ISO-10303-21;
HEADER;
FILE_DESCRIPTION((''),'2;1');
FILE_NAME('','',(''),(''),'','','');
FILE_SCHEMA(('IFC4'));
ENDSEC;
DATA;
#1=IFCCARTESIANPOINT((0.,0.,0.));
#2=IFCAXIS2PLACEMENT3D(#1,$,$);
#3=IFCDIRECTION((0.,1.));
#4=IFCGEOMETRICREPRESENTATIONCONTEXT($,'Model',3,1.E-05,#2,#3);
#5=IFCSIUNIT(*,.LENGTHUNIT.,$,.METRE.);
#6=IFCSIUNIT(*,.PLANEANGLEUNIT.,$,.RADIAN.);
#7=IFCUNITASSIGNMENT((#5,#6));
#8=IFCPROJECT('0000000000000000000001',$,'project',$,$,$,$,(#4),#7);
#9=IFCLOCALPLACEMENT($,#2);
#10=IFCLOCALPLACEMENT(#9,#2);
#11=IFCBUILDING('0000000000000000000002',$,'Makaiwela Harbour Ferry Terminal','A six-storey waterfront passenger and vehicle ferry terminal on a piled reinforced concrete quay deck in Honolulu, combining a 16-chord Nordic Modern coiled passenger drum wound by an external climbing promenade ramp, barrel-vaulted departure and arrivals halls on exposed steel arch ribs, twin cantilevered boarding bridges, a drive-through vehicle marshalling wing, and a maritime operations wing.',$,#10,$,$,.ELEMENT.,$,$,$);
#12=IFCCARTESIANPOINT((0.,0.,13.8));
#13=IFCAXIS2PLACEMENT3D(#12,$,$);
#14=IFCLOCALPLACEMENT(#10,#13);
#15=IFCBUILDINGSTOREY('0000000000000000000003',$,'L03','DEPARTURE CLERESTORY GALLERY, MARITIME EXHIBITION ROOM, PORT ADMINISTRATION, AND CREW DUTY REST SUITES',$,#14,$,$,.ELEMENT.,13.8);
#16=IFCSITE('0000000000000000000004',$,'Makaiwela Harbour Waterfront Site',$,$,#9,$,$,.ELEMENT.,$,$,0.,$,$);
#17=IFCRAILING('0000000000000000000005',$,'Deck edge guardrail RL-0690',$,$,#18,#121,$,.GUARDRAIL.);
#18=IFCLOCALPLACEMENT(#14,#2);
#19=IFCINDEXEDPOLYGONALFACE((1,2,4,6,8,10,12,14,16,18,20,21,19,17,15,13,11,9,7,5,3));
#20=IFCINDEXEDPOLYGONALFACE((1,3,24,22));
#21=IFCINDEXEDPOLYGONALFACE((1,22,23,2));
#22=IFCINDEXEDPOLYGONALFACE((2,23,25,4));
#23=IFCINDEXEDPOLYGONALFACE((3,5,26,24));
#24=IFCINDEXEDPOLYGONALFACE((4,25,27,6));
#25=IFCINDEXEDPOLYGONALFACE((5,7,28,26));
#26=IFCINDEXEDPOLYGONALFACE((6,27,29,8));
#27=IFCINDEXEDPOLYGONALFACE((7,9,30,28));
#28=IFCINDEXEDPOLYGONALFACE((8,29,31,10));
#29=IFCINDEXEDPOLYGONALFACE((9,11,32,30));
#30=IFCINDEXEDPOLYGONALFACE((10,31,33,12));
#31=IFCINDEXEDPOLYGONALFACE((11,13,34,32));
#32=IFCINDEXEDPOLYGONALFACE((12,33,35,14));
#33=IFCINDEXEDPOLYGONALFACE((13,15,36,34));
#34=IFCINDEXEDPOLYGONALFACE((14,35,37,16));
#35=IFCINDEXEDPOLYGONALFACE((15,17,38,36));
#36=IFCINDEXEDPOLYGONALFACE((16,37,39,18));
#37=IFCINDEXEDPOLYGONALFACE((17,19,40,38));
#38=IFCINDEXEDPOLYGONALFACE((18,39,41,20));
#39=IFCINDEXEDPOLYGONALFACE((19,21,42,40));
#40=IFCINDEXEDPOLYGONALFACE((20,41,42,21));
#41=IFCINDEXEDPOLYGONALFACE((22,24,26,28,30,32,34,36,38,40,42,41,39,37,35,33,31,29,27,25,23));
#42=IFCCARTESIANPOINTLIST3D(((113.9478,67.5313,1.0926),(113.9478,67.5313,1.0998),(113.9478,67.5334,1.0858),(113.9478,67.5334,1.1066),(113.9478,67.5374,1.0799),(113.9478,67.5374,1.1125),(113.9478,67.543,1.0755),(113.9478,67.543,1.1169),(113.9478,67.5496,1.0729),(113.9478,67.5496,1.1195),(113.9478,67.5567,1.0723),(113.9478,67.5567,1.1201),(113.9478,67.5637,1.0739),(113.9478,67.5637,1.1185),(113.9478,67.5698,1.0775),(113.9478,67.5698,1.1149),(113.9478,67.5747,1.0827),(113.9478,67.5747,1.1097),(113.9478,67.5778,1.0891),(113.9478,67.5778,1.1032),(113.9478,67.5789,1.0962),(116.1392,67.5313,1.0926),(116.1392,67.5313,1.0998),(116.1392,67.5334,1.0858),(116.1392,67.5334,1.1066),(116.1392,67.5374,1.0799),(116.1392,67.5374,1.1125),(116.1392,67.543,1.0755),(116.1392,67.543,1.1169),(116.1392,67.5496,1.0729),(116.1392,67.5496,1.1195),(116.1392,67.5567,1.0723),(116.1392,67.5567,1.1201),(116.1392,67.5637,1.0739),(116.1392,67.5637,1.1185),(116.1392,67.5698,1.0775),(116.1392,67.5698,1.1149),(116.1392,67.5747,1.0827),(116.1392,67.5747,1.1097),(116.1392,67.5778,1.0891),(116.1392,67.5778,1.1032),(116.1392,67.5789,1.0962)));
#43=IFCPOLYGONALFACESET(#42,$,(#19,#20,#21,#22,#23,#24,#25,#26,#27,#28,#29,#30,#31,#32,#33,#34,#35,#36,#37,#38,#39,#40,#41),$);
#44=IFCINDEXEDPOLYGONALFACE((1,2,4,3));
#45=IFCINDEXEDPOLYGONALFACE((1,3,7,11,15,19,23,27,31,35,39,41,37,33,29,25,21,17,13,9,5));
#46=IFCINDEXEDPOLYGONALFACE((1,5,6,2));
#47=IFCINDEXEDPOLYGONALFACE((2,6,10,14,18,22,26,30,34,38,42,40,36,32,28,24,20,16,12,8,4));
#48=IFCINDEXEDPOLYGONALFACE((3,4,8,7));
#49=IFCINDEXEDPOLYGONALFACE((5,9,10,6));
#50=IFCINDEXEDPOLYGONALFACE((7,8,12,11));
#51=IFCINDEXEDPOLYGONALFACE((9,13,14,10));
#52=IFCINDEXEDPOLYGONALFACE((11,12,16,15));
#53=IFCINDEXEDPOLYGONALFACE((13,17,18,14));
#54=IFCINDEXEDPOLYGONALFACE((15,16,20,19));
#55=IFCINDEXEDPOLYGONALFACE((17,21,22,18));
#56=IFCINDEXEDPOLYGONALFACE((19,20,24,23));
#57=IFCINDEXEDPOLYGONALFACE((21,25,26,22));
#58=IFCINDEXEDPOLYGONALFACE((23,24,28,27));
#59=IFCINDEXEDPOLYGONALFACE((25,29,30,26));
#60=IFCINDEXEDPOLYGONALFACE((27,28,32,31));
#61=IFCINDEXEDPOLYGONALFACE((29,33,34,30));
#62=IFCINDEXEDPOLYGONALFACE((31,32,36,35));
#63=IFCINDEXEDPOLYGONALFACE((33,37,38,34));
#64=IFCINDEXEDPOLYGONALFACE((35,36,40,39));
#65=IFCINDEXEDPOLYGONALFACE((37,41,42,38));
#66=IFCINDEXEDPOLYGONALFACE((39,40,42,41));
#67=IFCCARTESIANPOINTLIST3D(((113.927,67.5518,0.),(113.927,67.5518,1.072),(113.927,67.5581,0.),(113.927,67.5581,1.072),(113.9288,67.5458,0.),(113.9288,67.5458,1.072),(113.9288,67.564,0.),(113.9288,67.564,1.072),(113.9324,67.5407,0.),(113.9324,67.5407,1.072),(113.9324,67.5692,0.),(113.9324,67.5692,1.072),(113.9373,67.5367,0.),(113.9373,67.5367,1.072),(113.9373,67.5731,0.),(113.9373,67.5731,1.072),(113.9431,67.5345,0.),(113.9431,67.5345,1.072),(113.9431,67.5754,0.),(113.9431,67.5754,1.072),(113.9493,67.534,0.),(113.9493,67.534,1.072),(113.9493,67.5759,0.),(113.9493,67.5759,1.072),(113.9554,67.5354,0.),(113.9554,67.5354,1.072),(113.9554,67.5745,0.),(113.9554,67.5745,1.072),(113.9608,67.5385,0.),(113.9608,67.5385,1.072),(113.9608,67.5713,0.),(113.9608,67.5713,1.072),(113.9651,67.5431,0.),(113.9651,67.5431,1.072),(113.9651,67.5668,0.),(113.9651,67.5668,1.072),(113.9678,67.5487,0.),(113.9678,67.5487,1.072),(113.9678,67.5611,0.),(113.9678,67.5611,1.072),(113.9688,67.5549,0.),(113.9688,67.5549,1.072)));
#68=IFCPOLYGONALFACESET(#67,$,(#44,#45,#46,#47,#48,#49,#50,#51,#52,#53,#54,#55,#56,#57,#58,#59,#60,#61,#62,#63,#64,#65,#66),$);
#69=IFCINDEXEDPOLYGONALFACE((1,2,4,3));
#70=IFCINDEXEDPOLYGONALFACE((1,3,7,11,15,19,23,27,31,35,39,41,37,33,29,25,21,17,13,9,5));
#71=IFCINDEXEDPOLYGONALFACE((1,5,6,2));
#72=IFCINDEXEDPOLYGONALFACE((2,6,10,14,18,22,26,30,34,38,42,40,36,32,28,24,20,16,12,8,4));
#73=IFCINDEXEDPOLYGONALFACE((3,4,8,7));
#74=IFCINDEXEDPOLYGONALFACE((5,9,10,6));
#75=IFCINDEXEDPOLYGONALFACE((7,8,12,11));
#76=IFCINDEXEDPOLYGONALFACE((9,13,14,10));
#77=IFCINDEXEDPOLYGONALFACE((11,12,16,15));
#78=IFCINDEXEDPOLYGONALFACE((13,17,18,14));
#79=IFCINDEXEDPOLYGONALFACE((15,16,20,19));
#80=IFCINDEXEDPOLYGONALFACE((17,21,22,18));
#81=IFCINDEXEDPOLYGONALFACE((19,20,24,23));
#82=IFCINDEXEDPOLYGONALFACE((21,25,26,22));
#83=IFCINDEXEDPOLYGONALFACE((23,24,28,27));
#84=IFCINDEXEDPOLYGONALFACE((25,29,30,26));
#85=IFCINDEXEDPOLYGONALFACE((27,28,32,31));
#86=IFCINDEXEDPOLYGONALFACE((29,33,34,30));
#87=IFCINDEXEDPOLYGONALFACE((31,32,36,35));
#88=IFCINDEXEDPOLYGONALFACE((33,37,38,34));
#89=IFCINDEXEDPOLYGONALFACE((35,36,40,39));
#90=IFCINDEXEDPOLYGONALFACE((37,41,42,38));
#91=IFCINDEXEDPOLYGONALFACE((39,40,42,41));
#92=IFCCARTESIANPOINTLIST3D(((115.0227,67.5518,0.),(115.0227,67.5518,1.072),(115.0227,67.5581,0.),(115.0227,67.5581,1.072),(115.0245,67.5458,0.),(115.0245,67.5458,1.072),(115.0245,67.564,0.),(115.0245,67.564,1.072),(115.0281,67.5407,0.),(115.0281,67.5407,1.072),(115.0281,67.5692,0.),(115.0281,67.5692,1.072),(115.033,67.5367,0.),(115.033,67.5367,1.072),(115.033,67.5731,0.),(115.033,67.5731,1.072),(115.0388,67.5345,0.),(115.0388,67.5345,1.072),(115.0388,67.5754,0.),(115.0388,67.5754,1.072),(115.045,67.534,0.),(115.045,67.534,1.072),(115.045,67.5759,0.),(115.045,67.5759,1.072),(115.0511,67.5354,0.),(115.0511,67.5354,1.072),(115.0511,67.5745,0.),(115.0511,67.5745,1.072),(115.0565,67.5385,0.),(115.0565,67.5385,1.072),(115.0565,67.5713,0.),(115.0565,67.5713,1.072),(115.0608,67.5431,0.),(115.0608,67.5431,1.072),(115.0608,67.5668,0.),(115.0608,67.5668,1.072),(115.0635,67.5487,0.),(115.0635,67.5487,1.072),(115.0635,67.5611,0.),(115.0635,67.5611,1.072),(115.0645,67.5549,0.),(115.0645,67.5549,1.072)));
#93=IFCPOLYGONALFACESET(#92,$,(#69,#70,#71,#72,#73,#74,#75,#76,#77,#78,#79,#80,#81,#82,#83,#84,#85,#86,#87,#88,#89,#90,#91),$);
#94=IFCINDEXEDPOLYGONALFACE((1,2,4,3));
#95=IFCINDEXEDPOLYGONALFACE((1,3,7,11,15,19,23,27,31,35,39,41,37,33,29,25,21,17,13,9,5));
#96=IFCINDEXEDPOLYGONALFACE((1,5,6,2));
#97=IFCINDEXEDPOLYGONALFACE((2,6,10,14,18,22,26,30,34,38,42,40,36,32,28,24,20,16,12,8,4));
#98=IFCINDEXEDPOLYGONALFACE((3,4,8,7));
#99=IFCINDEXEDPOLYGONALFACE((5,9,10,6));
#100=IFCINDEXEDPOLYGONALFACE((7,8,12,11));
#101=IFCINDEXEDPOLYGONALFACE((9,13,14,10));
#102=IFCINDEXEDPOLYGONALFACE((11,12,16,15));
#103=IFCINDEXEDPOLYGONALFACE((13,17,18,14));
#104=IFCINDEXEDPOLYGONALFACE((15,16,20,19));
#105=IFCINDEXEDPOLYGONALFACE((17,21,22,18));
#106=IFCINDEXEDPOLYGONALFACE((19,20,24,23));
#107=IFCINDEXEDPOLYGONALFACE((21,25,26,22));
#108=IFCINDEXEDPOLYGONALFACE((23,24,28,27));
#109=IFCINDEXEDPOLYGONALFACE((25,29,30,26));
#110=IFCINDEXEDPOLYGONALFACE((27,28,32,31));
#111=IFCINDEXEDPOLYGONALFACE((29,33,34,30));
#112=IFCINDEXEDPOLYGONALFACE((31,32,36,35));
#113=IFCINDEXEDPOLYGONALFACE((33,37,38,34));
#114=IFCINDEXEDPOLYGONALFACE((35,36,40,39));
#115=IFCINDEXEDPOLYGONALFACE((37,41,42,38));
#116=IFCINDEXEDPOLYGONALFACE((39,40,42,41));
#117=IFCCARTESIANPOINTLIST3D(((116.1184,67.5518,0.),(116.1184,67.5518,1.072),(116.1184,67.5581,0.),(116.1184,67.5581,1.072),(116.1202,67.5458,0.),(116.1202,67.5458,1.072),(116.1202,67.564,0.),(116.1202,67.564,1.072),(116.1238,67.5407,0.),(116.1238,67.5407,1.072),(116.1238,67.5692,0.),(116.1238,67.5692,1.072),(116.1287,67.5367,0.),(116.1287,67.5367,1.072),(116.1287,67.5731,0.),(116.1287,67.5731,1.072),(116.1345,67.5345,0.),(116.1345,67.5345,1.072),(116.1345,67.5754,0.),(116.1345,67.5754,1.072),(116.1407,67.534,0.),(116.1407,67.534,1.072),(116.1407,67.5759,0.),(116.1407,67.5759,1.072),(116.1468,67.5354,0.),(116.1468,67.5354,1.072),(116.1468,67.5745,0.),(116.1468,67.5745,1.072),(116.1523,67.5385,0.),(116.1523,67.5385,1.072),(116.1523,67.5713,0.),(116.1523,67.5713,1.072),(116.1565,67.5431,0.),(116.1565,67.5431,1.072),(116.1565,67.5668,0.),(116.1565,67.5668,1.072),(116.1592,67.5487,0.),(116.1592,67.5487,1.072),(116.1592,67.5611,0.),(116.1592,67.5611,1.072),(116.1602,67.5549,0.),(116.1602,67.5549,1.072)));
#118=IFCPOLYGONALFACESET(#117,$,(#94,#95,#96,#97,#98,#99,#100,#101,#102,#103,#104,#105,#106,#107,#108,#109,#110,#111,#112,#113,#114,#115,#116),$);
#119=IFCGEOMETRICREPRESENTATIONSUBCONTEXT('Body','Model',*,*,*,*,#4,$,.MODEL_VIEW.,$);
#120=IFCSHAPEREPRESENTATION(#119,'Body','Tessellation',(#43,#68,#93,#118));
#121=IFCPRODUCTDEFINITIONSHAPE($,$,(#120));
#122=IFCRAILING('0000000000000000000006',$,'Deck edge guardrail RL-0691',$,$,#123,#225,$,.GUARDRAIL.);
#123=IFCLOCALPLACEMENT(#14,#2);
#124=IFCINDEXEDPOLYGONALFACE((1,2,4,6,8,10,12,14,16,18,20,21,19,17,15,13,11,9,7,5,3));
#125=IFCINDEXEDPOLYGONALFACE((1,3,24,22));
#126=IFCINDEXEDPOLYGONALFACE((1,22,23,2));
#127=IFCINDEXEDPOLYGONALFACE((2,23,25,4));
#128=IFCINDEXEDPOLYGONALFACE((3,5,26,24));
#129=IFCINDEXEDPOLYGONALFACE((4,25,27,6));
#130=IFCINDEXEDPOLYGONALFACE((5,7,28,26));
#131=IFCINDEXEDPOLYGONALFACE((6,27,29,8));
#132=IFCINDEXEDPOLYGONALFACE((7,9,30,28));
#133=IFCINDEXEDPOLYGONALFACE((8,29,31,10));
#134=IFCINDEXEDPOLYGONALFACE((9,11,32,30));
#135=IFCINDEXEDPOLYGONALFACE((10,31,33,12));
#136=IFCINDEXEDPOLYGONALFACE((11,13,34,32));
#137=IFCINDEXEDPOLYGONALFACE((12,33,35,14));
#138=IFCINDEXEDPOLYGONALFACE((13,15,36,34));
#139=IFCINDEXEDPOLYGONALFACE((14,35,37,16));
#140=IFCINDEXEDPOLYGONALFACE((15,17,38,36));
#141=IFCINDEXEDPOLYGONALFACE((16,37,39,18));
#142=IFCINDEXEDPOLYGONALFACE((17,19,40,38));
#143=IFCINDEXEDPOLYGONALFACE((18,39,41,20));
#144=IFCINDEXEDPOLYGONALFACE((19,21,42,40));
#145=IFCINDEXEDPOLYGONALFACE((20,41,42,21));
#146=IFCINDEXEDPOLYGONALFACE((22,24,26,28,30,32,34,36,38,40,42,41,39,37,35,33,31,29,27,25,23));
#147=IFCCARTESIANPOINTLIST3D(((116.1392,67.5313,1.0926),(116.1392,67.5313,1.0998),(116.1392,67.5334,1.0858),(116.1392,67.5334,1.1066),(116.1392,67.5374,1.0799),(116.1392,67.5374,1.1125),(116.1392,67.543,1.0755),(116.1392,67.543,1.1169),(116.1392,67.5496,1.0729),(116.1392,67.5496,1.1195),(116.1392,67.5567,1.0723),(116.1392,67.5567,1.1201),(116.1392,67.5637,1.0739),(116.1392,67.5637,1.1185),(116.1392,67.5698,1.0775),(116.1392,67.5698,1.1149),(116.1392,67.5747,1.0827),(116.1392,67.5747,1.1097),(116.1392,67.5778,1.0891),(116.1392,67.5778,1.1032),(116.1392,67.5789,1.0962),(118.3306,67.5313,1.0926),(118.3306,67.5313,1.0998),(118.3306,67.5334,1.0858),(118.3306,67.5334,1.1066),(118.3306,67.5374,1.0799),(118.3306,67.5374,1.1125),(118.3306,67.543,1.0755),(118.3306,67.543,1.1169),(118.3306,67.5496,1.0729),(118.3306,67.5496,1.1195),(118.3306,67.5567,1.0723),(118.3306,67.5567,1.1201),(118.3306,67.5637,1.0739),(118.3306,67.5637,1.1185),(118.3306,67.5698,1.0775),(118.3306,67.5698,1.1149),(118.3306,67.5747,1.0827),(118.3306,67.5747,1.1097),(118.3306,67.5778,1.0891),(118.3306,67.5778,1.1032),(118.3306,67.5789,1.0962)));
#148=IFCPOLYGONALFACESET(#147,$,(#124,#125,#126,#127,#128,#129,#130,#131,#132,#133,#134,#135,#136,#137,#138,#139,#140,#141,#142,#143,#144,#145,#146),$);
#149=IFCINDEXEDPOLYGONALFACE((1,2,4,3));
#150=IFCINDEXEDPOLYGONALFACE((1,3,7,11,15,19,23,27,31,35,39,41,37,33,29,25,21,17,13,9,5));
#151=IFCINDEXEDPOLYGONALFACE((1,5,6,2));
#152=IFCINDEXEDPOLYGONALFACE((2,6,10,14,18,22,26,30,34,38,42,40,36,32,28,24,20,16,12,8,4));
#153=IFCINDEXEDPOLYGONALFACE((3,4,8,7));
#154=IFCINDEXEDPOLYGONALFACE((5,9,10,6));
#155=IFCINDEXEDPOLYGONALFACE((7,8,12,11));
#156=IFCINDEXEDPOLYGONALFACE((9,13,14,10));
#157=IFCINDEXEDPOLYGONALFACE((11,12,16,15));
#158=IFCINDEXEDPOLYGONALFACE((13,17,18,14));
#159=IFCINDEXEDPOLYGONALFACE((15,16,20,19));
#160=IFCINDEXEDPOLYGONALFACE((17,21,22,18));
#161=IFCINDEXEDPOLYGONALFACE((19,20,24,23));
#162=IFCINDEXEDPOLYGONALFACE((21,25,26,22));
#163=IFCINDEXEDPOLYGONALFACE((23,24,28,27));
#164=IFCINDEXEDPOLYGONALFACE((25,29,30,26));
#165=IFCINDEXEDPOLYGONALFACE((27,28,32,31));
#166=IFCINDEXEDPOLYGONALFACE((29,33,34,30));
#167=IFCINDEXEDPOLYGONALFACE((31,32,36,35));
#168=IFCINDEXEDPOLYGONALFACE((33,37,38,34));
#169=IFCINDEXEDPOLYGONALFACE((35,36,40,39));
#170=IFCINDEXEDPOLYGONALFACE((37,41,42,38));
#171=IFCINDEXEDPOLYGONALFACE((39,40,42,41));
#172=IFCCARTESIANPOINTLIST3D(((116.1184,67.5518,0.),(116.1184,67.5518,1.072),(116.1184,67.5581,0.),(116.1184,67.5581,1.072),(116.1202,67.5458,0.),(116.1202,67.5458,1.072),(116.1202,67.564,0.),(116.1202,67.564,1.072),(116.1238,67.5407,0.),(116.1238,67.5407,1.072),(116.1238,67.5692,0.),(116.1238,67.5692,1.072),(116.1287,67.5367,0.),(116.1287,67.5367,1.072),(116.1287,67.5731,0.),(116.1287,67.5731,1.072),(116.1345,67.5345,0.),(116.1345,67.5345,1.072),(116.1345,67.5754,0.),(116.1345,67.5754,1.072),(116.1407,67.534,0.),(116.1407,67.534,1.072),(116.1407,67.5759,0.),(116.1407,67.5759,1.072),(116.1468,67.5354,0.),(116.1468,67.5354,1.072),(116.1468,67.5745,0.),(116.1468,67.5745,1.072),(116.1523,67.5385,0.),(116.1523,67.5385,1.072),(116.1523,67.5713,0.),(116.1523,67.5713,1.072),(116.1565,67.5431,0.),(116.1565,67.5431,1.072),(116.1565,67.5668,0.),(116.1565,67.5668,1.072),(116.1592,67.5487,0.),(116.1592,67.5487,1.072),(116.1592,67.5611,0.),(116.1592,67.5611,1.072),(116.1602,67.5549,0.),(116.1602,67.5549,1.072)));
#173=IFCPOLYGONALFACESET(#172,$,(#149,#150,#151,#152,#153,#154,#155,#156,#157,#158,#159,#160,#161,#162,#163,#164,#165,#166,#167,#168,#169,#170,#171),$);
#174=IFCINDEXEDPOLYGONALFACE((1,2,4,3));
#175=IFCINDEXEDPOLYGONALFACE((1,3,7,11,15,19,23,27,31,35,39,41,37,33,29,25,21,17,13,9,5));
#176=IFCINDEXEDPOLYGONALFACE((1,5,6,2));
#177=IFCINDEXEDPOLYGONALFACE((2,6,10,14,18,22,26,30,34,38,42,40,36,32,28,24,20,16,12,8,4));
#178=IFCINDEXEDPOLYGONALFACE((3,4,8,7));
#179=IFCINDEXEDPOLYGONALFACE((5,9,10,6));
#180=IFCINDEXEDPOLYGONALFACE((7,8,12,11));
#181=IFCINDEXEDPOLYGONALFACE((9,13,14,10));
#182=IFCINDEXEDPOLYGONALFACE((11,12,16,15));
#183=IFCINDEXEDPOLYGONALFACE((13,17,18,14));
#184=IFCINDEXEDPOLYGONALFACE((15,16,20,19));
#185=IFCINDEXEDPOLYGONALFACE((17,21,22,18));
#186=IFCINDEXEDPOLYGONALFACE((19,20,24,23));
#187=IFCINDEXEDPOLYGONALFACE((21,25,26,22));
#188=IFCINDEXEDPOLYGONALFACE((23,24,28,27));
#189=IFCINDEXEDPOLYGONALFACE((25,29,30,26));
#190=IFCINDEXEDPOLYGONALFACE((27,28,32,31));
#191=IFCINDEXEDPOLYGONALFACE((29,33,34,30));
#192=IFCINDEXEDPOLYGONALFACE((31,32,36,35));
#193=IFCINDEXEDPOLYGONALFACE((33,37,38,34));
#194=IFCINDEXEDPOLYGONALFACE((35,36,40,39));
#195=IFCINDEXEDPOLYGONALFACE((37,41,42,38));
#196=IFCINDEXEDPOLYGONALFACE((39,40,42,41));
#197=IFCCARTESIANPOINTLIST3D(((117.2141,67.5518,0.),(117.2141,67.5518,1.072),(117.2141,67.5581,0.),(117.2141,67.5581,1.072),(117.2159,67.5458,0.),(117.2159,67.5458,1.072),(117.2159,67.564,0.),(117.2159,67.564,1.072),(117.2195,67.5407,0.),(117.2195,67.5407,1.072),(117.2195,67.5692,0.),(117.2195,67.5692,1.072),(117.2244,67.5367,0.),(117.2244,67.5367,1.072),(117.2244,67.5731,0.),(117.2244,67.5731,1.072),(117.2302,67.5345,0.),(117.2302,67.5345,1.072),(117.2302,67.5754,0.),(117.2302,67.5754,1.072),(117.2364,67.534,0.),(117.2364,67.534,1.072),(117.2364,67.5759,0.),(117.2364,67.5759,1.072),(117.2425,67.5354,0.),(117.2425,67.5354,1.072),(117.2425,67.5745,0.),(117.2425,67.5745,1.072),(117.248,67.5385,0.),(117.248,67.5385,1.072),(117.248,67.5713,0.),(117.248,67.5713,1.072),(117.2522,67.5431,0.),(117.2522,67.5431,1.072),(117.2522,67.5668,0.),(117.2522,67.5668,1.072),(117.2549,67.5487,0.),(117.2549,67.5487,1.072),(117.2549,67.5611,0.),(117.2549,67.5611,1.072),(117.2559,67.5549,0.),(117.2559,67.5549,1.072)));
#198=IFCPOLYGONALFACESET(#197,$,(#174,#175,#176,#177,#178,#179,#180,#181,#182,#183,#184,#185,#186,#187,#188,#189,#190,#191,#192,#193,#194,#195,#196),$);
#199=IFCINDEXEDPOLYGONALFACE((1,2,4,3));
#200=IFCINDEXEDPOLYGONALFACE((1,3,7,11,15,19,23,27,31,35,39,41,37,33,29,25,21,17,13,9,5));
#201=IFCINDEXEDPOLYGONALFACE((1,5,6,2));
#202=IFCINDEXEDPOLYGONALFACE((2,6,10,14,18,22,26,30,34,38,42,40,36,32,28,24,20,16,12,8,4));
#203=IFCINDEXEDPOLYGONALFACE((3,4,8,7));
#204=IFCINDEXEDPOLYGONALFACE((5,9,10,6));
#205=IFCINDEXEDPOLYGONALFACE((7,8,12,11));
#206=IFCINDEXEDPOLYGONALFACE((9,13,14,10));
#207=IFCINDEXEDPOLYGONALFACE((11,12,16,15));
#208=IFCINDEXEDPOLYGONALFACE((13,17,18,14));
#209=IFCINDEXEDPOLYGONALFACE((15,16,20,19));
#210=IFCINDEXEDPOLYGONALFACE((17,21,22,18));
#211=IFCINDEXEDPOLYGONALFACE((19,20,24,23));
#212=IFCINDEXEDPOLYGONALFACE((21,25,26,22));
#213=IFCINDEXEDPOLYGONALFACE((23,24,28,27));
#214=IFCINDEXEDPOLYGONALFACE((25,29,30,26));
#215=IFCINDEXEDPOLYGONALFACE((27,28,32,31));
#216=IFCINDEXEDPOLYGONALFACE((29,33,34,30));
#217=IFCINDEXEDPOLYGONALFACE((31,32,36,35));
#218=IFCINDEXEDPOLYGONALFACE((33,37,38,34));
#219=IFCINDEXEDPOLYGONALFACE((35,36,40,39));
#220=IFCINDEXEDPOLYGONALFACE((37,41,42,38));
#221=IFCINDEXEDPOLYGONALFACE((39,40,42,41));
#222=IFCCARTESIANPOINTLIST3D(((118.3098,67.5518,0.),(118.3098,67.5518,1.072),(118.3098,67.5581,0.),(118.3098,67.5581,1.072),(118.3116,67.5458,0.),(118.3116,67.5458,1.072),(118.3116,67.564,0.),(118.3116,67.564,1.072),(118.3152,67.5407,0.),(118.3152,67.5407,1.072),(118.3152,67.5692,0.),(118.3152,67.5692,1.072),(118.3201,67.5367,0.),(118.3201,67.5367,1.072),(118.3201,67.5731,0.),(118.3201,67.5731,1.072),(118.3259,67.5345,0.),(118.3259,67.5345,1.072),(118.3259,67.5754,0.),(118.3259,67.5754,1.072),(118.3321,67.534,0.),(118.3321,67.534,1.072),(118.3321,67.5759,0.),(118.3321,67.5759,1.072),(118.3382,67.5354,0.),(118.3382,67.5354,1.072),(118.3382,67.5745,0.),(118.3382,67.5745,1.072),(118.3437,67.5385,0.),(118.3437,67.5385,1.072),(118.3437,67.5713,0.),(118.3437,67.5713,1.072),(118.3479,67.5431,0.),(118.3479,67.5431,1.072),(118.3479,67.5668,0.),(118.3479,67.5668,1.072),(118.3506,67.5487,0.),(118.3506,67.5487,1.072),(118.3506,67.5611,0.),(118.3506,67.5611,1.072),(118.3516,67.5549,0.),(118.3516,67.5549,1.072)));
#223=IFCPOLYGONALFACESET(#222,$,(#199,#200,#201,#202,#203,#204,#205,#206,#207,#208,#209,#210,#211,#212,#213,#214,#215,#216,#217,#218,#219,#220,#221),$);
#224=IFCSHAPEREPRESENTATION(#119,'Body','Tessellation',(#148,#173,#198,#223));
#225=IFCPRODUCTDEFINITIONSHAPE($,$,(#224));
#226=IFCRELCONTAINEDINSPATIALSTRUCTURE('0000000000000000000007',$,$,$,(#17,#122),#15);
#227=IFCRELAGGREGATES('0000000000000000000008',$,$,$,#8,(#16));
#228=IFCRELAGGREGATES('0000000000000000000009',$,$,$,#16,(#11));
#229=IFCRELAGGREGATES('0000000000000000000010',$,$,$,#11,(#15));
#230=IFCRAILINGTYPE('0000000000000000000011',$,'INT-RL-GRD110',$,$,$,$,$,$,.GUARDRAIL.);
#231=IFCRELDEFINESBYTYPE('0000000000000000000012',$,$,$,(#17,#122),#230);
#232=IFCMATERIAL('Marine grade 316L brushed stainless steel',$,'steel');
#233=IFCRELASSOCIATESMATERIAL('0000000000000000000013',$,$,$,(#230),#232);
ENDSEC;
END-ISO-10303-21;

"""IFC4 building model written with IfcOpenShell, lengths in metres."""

from ifc_helpers import new_model, si_unit, direction, frame, origin, origin_2d, place, context, subcontext, project, spatial, circle, extrude, material, type_object, element, save


model = new_model("IFC4")

# Units and contexts
model_context = context("Model", 3, precision=1e-05, world=origin(), true_north=direction((0.0, 1.0)))
body_context = subcontext(model_context, "Body", "Model", "MODEL_VIEW")
ifc_project = project(units=[si_unit("LENGTHUNIT", "METRE"), si_unit("PLANEANGLEUNIT", "RADIAN")], contexts=[model_context])

# Site, building, storey
site_placement = place(None, origin())
site = spatial("IfcSite", under=ifc_project, at=site_placement, Name="Makaiwela Harbour Waterfront Site", CompositionType="ELEMENT", RefElevation=0.0)
building_placement = place(site_placement, origin())
building = spatial("IfcBuilding", under=site, at=building_placement, Name="Makaiwela Harbour Ferry Terminal", Description="A six-storey waterfront passenger and vehicle ferry terminal on a piled reinforced concrete quay deck in Honolulu, combining a 16-chord Nordic Modern coiled passenger drum wound by an external climbing promenade ramp, barrel-vaulted departure and arrivals halls on exposed steel arch ribs, twin cantilevered boarding bridges, a drive-through vehicle marshalling wing, and a maritime operations wing.", CompositionType="ELEMENT")
storey_placement = place(building_placement, frame((0.0, 0.0, 13.8)))
storey = spatial("IfcBuildingStorey", under=building, at=storey_placement, Name="L03", Description="DEPARTURE CLERESTORY GALLERY, MARITIME EXHIBITION ROOM, PORT ADMINISTRATION, AND CREW DUTY REST SUITES", CompositionType="ELEMENT", Elevation=13.8)

# Railings
ifc_material_1 = material(Name="Marine grade 316L brushed stainless steel", Category="steel")
railing_type = type_object("IfcRailingType", Name="INT-RL-GRD110", PredefinedType="GUARDRAIL", material=ifc_material_1)
for number, where, name in (
    (1, (113.9478, 67.5549, 0.0), "Deck edge guardrail RL-0690"),
    (2, (116.1392, 67.5549, 0.0), "Deck edge guardrail RL-0691"),
):
    element("IfcRailing", number, at=place(storey_placement, frame(where)), inside=storey, type_object=railing_type, Name=name, PredefinedType="GUARDRAIL", context=body_context, shape_type="SweptSolid", body=[
        extrude(circle(Radius=0.0239, at=origin_2d()), frame((0.0, 0.0, 1.0962), z_axis=(1.0, 0.0, 0.0), x_axis=(0.0, 1.0, 0.0)), (0.0, 0.0, 1.0), 2.1914),
        extrude(circle(Radius=0.021, at=origin_2d()), origin(), (0.0, 0.0, 1.0), 1.072),
        extrude(circle(Radius=0.021, at=origin_2d()), frame((1.0957, 0.0, 0.0)), (0.0, 0.0, 1.0), 1.072),
        extrude(circle(Radius=0.021, at=origin_2d()), frame((2.1914, 0.0, 0.0)), (0.0, 0.0, 1.0), 1.072),
    ])

save(model, "model.ifc")
